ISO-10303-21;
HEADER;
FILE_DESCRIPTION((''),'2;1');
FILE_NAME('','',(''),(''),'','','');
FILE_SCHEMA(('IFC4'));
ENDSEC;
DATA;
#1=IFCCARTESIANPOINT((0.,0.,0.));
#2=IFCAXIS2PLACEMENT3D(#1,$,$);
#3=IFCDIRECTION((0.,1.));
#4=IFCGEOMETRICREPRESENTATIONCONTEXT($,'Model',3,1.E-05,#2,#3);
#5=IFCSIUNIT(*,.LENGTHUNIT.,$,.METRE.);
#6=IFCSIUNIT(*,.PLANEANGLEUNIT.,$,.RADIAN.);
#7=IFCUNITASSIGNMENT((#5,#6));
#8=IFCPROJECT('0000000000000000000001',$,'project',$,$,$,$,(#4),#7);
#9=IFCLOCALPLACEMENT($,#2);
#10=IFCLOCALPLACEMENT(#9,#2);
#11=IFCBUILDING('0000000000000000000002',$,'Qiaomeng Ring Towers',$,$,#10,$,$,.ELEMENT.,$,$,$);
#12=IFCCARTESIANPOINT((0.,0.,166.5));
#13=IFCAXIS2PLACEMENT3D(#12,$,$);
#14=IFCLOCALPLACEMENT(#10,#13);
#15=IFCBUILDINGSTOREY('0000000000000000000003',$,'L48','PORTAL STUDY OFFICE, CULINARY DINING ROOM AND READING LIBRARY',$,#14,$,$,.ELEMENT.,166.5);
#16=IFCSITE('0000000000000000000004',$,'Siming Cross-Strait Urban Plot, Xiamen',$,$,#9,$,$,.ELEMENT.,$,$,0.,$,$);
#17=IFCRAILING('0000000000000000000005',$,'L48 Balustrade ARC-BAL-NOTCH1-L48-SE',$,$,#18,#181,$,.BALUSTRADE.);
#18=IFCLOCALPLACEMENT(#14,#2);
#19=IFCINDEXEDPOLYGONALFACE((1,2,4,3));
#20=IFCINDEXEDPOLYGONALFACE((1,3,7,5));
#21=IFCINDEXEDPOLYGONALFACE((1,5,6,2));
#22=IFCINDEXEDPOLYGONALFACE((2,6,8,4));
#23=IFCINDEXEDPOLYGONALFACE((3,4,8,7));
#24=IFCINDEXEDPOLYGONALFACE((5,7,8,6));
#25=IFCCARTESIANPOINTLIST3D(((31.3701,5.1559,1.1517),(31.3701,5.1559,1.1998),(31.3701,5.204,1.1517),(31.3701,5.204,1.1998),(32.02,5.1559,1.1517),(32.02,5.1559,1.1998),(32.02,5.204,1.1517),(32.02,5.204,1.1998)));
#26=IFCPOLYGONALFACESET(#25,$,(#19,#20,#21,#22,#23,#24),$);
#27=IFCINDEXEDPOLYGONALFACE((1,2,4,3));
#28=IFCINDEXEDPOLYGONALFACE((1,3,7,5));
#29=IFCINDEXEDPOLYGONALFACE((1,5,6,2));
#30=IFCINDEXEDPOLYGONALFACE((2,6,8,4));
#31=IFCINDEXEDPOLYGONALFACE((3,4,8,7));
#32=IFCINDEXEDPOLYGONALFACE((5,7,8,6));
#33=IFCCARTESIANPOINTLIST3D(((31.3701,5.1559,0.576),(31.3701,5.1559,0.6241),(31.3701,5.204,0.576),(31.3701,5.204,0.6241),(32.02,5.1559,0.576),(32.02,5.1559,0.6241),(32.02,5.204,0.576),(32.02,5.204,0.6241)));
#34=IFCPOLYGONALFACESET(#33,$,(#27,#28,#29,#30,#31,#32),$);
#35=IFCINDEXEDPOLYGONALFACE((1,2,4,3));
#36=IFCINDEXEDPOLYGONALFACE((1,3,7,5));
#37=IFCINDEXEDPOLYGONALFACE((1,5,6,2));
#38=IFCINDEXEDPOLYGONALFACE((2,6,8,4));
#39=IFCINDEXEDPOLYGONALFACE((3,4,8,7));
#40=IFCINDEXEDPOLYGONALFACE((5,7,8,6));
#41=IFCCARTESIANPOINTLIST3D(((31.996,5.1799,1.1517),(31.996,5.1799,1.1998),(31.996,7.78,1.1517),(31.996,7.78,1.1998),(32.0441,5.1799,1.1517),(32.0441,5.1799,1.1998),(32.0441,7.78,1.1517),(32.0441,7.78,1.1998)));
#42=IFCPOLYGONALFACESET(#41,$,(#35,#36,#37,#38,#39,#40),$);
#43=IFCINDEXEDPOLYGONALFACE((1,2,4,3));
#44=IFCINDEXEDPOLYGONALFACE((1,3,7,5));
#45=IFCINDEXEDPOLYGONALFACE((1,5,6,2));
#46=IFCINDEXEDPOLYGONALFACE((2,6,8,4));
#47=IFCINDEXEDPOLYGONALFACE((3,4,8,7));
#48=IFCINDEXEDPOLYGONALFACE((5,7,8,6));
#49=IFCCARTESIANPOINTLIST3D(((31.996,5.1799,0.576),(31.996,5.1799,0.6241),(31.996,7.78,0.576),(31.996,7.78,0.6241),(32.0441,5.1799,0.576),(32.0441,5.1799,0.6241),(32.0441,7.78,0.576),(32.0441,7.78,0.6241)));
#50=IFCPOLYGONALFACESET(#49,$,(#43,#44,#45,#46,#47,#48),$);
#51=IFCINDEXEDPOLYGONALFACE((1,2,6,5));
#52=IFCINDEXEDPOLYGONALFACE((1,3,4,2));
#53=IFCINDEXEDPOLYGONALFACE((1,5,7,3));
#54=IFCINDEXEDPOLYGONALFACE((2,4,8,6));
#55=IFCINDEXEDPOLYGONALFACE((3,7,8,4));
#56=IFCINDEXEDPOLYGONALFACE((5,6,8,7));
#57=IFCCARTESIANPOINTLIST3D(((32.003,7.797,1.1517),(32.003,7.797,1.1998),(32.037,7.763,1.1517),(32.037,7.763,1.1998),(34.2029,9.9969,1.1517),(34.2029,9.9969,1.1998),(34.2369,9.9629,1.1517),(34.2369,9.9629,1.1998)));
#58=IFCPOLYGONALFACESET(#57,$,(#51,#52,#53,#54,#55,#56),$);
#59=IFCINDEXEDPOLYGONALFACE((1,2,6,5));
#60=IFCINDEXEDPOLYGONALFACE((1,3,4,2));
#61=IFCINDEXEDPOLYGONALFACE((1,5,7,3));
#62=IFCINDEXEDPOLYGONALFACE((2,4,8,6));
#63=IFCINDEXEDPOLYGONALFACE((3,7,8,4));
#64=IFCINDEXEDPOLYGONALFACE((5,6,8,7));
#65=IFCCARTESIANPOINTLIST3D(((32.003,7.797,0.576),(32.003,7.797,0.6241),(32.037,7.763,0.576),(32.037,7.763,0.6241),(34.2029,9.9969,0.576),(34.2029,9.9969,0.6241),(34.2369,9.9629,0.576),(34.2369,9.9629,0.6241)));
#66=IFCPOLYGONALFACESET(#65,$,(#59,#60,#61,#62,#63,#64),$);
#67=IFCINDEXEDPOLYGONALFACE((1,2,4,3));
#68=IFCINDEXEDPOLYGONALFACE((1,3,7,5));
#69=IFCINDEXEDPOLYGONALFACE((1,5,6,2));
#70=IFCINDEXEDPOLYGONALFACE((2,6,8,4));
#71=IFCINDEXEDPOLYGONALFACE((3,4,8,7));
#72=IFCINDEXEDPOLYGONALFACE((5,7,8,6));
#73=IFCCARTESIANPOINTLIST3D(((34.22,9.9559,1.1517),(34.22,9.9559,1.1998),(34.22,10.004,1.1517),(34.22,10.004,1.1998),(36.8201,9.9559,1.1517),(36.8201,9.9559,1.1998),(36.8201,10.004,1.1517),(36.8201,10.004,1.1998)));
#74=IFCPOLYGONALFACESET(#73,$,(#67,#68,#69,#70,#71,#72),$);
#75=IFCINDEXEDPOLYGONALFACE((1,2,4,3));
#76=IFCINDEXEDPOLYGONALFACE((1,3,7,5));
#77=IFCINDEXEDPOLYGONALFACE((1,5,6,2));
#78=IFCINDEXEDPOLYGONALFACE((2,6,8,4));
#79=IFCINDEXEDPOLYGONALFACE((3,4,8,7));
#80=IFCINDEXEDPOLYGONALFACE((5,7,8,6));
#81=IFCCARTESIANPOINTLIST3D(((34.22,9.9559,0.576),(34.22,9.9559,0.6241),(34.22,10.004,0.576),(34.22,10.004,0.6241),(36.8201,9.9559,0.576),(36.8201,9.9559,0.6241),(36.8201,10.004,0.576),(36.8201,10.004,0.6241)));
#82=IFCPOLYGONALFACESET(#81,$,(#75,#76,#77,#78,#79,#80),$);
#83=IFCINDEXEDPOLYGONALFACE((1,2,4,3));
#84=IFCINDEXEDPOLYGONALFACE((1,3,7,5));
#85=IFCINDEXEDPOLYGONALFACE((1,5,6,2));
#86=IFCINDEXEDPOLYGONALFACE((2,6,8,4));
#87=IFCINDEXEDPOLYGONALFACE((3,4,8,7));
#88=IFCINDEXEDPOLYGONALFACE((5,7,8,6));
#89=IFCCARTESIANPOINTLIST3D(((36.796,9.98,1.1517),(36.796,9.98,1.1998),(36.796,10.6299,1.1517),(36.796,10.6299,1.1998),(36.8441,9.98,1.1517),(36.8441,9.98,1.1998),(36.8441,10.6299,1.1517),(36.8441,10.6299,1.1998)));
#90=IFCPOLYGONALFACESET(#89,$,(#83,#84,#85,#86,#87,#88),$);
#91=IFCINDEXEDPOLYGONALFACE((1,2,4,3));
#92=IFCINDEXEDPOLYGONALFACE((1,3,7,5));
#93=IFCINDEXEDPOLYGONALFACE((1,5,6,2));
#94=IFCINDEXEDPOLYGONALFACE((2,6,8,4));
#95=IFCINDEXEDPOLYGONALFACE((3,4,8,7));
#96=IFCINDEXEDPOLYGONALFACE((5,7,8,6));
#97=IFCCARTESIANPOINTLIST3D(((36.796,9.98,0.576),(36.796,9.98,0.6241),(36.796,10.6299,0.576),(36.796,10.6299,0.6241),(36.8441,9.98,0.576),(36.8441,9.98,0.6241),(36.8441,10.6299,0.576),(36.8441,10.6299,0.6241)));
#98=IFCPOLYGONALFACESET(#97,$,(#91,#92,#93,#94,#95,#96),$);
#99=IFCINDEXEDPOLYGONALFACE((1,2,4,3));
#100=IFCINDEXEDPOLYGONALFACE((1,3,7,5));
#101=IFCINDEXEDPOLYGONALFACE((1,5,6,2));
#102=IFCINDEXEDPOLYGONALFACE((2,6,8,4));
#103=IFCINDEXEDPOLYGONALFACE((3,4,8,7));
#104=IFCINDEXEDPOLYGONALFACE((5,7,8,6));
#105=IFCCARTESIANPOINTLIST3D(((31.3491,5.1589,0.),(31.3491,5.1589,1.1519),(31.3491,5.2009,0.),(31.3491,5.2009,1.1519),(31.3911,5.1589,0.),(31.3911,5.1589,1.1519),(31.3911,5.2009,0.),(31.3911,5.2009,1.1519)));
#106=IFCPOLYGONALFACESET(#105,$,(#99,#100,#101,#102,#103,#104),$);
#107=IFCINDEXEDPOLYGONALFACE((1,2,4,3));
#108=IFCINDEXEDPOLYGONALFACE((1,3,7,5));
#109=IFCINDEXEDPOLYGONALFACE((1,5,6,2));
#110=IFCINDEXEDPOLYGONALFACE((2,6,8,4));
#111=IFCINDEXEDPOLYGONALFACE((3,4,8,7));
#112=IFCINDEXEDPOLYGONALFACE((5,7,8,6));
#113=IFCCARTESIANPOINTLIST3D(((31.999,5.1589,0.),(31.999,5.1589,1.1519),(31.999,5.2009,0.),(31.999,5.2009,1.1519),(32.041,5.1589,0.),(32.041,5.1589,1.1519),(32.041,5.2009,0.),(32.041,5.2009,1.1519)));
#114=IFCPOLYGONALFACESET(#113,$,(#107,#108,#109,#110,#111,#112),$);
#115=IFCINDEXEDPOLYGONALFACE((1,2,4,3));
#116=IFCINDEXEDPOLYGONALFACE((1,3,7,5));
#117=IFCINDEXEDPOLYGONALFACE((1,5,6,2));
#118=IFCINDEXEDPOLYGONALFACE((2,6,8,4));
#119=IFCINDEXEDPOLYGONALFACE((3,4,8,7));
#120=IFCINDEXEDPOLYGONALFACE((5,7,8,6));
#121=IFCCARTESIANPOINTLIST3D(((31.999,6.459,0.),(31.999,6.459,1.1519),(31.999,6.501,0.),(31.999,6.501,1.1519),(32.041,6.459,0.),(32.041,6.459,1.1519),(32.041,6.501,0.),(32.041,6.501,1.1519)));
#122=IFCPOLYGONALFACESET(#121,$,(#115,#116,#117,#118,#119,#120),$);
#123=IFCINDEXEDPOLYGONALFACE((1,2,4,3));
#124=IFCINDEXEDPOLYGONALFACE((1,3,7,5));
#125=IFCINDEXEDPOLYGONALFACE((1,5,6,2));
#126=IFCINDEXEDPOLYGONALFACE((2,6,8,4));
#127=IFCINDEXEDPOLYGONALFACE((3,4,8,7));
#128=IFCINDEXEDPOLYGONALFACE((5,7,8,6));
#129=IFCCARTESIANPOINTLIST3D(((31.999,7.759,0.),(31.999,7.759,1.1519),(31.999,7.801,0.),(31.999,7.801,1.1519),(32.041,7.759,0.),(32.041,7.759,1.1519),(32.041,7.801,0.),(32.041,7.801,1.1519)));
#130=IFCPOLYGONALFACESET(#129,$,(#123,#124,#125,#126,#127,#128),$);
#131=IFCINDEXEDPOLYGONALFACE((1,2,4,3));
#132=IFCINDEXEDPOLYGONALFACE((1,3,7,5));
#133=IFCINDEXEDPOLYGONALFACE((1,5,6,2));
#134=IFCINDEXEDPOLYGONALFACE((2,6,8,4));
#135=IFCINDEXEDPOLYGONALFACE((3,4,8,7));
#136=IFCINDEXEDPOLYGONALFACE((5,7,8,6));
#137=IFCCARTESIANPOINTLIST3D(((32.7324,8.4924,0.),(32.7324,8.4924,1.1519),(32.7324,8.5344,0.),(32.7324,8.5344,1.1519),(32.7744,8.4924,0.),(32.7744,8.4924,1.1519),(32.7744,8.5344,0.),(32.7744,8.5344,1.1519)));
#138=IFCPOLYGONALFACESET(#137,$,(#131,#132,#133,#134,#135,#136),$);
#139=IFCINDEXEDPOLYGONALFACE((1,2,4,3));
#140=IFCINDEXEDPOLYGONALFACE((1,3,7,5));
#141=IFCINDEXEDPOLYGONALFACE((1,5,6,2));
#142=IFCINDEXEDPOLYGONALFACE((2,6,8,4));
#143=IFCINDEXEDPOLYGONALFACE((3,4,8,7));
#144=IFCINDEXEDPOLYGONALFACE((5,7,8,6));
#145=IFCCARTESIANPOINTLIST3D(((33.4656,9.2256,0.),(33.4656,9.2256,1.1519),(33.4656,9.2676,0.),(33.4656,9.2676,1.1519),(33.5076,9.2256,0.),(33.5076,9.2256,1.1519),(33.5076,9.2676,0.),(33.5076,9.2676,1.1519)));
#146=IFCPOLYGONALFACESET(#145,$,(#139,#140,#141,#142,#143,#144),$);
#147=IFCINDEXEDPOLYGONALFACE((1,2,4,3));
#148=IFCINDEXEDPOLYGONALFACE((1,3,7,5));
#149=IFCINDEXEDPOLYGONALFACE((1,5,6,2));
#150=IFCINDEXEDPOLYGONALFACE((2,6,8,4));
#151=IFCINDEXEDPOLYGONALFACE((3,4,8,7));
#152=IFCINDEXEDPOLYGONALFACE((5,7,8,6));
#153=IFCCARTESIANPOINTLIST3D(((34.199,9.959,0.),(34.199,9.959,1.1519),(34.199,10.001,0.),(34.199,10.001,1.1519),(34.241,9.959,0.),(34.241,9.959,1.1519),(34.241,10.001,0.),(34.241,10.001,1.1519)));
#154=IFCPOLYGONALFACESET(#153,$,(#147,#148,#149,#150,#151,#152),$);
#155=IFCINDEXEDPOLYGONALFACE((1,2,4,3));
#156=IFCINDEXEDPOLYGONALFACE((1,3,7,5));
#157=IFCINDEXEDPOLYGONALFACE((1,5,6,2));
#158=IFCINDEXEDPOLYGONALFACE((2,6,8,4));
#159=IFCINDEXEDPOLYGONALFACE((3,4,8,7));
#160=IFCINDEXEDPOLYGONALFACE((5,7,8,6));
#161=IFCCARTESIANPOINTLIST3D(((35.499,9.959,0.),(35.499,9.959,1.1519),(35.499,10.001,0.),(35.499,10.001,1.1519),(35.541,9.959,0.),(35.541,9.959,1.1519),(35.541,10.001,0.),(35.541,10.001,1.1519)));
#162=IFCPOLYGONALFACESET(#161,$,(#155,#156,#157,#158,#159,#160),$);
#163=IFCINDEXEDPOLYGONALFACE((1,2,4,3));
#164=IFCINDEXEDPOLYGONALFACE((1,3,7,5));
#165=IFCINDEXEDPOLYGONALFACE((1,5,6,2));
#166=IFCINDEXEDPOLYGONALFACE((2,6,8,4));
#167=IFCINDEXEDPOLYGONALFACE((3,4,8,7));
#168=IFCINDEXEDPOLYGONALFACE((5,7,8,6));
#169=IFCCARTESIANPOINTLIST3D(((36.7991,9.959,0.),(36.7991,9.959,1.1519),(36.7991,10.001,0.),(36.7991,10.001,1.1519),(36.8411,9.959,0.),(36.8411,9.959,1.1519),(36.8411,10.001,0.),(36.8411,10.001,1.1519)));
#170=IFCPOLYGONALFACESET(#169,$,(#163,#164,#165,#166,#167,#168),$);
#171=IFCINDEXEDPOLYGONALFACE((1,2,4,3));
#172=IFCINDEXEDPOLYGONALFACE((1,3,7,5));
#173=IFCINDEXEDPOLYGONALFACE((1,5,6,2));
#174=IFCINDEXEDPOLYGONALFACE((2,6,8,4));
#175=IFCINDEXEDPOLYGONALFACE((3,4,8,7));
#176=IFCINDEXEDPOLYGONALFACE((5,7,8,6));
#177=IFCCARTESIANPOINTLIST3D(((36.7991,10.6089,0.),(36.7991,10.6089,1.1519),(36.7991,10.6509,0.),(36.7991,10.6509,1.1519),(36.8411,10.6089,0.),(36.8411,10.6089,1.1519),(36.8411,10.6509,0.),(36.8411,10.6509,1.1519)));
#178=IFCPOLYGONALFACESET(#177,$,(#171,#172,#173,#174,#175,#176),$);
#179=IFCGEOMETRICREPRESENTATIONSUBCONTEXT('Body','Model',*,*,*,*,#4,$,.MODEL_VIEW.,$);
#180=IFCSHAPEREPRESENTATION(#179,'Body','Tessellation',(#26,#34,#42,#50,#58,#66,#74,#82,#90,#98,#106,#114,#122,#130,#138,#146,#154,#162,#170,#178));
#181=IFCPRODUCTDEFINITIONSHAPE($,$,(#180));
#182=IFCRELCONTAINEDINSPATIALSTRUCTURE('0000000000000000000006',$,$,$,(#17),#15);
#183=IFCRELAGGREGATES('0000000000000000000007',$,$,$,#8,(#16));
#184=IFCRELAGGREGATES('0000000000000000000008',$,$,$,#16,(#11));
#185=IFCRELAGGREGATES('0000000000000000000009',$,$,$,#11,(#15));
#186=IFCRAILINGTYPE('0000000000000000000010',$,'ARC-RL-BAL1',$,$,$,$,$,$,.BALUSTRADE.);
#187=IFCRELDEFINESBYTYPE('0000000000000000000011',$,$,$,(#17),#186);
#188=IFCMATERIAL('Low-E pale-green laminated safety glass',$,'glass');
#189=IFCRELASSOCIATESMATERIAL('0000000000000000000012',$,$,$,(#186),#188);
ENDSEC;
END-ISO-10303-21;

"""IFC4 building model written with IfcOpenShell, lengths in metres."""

from ifc_helpers import new_model, si_unit, direction, frame, origin, origin_2d, place, context, subcontext, project, spatial, rectangle, extrude, material, type_object, element, save


model = new_model("IFC4")

# Units and contexts
model_context = context("Model", 3, precision=1e-05, world=origin(), true_north=direction((0.0, 1.0)))
body_context = subcontext(model_context, "Body", "Model", "MODEL_VIEW")
ifc_project = project(units=[si_unit("LENGTHUNIT", "METRE"), si_unit("PLANEANGLEUNIT", "RADIAN")], contexts=[model_context])

# Site, building, storey
site_placement = place(None, origin())
site = spatial("IfcSite", under=ifc_project, at=site_placement, Name="Siming Cross-Strait Urban Plot, Xiamen", CompositionType="ELEMENT", RefElevation=0.0)
building_placement = place(site_placement, origin())
building = spatial("IfcBuilding", under=site, at=building_placement, Name="Qiaomeng Ring Towers", CompositionType="ELEMENT")
storey_placement = place(building_placement, frame((0.0, 0.0, 166.5)))
storey = spatial("IfcBuildingStorey", under=building, at=storey_placement, Name="L48", Description="PORTAL STUDY OFFICE, CULINARY DINING ROOM AND READING LIBRARY", CompositionType="ELEMENT", Elevation=166.5)

# Railing
ifc_material_1 = material(Name="Low-E pale-green laminated safety glass", Category="glass")
railing_type = type_object("IfcRailingType", Name="ARC-RL-BAL1", PredefinedType="BALUSTRADE", material=ifc_material_1)
railing_placement = place(storey_placement, frame((31.3701, 5.1799, 0.0)))
element("IfcRailing", 1, at=railing_placement, inside=storey, type_object=railing_type, Name="L48 Balustrade ARC-BAL-NOTCH1-L48-SE", PredefinedType="BALUSTRADE", context=body_context, shape_type="SweptSolid", body=[
    extrude(rectangle(XDim=0.0481, YDim=0.0481, at=origin_2d()), frame((0.0, 0.0, 1.1758), z_axis=(1.0, 0.0, 0.0), x_axis=(0.0, 1.0, 0.0)), (0.0, 0.0, 1.0), 0.6499),
    extrude(rectangle(XDim=0.0481, YDim=0.0481, at=origin_2d()), frame((0.0, 0.0, 0.6001), z_axis=(1.0, 0.0, 0.0), x_axis=(0.0, 1.0, 0.0)), (0.0, 0.0, 1.0), 0.6499),
    extrude(rectangle(XDim=0.0481, YDim=0.0481, at=origin_2d()), frame((0.6499, 0.0, 1.1758), z_axis=(0.0, 1.0, 0.0), x_axis=(-1.0, 0.0, 0.0)), (0.0, 0.0, 1.0), 2.6001),
    extrude(rectangle(XDim=0.0481, YDim=0.0481, at=origin_2d()), frame((0.6499, 0.0, 0.6001), z_axis=(0.0, 1.0, 0.0), x_axis=(-1.0, 0.0, 0.0)), (0.0, 0.0, 1.0), 2.6001),
    extrude(rectangle(XDim=0.0481, YDim=0.0481, at=origin_2d()), frame((0.6499, 2.6001, 1.1758), z_axis=(0.707107, 0.707107, 0.0), x_axis=(-0.707107, 0.707107, 0.0)), (0.0, 0.0, 1.0), 3.1111),
    extrude(rectangle(XDim=0.0481, YDim=0.0481, at=origin_2d()), frame((0.6499, 2.6001, 0.6001), z_axis=(0.707107, 0.707107, 0.0), x_axis=(-0.707107, 0.707107, 0.0)), (0.0, 0.0, 1.0), 3.1111),
    extrude(rectangle(XDim=0.0481, YDim=0.0481, at=origin_2d()), frame((2.8499, 4.8, 1.1758), z_axis=(1.0, 0.0, 0.0), x_axis=(0.0, 1.0, 0.0)), (0.0, 0.0, 1.0), 2.6001),
    extrude(rectangle(XDim=0.0481, YDim=0.0481, at=origin_2d()), frame((2.8499, 4.8, 0.6001), z_axis=(1.0, 0.0, 0.0), x_axis=(0.0, 1.0, 0.0)), (0.0, 0.0, 1.0), 2.6001),
    extrude(rectangle(XDim=0.0481, YDim=0.0481, at=origin_2d()), frame((5.45, 4.8, 1.1758), z_axis=(0.0, 1.0, 0.0), x_axis=(-1.0, 0.0, 0.0)), (0.0, 0.0, 1.0), 0.6499),
    extrude(rectangle(XDim=0.0481, YDim=0.0481, at=origin_2d()), frame((5.45, 4.8, 0.6001), z_axis=(0.0, 1.0, 0.0), x_axis=(-1.0, 0.0, 0.0)), (0.0, 0.0, 1.0), 0.6499),
    extrude(rectangle(XDim=0.042, YDim=0.042, at=origin_2d()), origin(), (0.0, 0.0, 1.0), 1.1519),
    extrude(rectangle(XDim=0.042, YDim=0.042, at=origin_2d()), frame((0.6499, 0.0, 0.0)), (0.0, 0.0, 1.0), 1.1519),
    extrude(rectangle(XDim=0.042, YDim=0.042, at=origin_2d()), frame((0.6499, 1.3, 0.0)), (0.0, 0.0, 1.0), 1.1519),
    extrude(rectangle(XDim=0.042, YDim=0.042, at=origin_2d()), frame((0.6499, 2.6001, 0.0)), (0.0, 0.0, 1.0), 1.1519),
    extrude(rectangle(XDim=0.042, YDim=0.042, at=origin_2d()), frame((1.3833, 3.3335, 0.0)), (0.0, 0.0, 1.0), 1.1519),
    extrude(rectangle(XDim=0.042, YDim=0.042, at=origin_2d()), frame((2.1165, 4.0667, 0.0)), (0.0, 0.0, 1.0), 1.1519),
    extrude(rectangle(XDim=0.042, YDim=0.042, at=origin_2d()), frame((2.8499, 4.8, 0.0)), (0.0, 0.0, 1.0), 1.1519),
    extrude(rectangle(XDim=0.042, YDim=0.042, at=origin_2d()), frame((4.1499, 4.8, 0.0)), (0.0, 0.0, 1.0), 1.1519),
    extrude(rectangle(XDim=0.042, YDim=0.042, at=origin_2d()), frame((5.45, 4.8, 0.0)), (0.0, 0.0, 1.0), 1.1519),
    extrude(rectangle(XDim=0.042, YDim=0.042, at=origin_2d()), frame((5.45, 5.45, 0.0)), (0.0, 0.0, 1.0), 1.1519),
])

save(model, "model.ifc")
